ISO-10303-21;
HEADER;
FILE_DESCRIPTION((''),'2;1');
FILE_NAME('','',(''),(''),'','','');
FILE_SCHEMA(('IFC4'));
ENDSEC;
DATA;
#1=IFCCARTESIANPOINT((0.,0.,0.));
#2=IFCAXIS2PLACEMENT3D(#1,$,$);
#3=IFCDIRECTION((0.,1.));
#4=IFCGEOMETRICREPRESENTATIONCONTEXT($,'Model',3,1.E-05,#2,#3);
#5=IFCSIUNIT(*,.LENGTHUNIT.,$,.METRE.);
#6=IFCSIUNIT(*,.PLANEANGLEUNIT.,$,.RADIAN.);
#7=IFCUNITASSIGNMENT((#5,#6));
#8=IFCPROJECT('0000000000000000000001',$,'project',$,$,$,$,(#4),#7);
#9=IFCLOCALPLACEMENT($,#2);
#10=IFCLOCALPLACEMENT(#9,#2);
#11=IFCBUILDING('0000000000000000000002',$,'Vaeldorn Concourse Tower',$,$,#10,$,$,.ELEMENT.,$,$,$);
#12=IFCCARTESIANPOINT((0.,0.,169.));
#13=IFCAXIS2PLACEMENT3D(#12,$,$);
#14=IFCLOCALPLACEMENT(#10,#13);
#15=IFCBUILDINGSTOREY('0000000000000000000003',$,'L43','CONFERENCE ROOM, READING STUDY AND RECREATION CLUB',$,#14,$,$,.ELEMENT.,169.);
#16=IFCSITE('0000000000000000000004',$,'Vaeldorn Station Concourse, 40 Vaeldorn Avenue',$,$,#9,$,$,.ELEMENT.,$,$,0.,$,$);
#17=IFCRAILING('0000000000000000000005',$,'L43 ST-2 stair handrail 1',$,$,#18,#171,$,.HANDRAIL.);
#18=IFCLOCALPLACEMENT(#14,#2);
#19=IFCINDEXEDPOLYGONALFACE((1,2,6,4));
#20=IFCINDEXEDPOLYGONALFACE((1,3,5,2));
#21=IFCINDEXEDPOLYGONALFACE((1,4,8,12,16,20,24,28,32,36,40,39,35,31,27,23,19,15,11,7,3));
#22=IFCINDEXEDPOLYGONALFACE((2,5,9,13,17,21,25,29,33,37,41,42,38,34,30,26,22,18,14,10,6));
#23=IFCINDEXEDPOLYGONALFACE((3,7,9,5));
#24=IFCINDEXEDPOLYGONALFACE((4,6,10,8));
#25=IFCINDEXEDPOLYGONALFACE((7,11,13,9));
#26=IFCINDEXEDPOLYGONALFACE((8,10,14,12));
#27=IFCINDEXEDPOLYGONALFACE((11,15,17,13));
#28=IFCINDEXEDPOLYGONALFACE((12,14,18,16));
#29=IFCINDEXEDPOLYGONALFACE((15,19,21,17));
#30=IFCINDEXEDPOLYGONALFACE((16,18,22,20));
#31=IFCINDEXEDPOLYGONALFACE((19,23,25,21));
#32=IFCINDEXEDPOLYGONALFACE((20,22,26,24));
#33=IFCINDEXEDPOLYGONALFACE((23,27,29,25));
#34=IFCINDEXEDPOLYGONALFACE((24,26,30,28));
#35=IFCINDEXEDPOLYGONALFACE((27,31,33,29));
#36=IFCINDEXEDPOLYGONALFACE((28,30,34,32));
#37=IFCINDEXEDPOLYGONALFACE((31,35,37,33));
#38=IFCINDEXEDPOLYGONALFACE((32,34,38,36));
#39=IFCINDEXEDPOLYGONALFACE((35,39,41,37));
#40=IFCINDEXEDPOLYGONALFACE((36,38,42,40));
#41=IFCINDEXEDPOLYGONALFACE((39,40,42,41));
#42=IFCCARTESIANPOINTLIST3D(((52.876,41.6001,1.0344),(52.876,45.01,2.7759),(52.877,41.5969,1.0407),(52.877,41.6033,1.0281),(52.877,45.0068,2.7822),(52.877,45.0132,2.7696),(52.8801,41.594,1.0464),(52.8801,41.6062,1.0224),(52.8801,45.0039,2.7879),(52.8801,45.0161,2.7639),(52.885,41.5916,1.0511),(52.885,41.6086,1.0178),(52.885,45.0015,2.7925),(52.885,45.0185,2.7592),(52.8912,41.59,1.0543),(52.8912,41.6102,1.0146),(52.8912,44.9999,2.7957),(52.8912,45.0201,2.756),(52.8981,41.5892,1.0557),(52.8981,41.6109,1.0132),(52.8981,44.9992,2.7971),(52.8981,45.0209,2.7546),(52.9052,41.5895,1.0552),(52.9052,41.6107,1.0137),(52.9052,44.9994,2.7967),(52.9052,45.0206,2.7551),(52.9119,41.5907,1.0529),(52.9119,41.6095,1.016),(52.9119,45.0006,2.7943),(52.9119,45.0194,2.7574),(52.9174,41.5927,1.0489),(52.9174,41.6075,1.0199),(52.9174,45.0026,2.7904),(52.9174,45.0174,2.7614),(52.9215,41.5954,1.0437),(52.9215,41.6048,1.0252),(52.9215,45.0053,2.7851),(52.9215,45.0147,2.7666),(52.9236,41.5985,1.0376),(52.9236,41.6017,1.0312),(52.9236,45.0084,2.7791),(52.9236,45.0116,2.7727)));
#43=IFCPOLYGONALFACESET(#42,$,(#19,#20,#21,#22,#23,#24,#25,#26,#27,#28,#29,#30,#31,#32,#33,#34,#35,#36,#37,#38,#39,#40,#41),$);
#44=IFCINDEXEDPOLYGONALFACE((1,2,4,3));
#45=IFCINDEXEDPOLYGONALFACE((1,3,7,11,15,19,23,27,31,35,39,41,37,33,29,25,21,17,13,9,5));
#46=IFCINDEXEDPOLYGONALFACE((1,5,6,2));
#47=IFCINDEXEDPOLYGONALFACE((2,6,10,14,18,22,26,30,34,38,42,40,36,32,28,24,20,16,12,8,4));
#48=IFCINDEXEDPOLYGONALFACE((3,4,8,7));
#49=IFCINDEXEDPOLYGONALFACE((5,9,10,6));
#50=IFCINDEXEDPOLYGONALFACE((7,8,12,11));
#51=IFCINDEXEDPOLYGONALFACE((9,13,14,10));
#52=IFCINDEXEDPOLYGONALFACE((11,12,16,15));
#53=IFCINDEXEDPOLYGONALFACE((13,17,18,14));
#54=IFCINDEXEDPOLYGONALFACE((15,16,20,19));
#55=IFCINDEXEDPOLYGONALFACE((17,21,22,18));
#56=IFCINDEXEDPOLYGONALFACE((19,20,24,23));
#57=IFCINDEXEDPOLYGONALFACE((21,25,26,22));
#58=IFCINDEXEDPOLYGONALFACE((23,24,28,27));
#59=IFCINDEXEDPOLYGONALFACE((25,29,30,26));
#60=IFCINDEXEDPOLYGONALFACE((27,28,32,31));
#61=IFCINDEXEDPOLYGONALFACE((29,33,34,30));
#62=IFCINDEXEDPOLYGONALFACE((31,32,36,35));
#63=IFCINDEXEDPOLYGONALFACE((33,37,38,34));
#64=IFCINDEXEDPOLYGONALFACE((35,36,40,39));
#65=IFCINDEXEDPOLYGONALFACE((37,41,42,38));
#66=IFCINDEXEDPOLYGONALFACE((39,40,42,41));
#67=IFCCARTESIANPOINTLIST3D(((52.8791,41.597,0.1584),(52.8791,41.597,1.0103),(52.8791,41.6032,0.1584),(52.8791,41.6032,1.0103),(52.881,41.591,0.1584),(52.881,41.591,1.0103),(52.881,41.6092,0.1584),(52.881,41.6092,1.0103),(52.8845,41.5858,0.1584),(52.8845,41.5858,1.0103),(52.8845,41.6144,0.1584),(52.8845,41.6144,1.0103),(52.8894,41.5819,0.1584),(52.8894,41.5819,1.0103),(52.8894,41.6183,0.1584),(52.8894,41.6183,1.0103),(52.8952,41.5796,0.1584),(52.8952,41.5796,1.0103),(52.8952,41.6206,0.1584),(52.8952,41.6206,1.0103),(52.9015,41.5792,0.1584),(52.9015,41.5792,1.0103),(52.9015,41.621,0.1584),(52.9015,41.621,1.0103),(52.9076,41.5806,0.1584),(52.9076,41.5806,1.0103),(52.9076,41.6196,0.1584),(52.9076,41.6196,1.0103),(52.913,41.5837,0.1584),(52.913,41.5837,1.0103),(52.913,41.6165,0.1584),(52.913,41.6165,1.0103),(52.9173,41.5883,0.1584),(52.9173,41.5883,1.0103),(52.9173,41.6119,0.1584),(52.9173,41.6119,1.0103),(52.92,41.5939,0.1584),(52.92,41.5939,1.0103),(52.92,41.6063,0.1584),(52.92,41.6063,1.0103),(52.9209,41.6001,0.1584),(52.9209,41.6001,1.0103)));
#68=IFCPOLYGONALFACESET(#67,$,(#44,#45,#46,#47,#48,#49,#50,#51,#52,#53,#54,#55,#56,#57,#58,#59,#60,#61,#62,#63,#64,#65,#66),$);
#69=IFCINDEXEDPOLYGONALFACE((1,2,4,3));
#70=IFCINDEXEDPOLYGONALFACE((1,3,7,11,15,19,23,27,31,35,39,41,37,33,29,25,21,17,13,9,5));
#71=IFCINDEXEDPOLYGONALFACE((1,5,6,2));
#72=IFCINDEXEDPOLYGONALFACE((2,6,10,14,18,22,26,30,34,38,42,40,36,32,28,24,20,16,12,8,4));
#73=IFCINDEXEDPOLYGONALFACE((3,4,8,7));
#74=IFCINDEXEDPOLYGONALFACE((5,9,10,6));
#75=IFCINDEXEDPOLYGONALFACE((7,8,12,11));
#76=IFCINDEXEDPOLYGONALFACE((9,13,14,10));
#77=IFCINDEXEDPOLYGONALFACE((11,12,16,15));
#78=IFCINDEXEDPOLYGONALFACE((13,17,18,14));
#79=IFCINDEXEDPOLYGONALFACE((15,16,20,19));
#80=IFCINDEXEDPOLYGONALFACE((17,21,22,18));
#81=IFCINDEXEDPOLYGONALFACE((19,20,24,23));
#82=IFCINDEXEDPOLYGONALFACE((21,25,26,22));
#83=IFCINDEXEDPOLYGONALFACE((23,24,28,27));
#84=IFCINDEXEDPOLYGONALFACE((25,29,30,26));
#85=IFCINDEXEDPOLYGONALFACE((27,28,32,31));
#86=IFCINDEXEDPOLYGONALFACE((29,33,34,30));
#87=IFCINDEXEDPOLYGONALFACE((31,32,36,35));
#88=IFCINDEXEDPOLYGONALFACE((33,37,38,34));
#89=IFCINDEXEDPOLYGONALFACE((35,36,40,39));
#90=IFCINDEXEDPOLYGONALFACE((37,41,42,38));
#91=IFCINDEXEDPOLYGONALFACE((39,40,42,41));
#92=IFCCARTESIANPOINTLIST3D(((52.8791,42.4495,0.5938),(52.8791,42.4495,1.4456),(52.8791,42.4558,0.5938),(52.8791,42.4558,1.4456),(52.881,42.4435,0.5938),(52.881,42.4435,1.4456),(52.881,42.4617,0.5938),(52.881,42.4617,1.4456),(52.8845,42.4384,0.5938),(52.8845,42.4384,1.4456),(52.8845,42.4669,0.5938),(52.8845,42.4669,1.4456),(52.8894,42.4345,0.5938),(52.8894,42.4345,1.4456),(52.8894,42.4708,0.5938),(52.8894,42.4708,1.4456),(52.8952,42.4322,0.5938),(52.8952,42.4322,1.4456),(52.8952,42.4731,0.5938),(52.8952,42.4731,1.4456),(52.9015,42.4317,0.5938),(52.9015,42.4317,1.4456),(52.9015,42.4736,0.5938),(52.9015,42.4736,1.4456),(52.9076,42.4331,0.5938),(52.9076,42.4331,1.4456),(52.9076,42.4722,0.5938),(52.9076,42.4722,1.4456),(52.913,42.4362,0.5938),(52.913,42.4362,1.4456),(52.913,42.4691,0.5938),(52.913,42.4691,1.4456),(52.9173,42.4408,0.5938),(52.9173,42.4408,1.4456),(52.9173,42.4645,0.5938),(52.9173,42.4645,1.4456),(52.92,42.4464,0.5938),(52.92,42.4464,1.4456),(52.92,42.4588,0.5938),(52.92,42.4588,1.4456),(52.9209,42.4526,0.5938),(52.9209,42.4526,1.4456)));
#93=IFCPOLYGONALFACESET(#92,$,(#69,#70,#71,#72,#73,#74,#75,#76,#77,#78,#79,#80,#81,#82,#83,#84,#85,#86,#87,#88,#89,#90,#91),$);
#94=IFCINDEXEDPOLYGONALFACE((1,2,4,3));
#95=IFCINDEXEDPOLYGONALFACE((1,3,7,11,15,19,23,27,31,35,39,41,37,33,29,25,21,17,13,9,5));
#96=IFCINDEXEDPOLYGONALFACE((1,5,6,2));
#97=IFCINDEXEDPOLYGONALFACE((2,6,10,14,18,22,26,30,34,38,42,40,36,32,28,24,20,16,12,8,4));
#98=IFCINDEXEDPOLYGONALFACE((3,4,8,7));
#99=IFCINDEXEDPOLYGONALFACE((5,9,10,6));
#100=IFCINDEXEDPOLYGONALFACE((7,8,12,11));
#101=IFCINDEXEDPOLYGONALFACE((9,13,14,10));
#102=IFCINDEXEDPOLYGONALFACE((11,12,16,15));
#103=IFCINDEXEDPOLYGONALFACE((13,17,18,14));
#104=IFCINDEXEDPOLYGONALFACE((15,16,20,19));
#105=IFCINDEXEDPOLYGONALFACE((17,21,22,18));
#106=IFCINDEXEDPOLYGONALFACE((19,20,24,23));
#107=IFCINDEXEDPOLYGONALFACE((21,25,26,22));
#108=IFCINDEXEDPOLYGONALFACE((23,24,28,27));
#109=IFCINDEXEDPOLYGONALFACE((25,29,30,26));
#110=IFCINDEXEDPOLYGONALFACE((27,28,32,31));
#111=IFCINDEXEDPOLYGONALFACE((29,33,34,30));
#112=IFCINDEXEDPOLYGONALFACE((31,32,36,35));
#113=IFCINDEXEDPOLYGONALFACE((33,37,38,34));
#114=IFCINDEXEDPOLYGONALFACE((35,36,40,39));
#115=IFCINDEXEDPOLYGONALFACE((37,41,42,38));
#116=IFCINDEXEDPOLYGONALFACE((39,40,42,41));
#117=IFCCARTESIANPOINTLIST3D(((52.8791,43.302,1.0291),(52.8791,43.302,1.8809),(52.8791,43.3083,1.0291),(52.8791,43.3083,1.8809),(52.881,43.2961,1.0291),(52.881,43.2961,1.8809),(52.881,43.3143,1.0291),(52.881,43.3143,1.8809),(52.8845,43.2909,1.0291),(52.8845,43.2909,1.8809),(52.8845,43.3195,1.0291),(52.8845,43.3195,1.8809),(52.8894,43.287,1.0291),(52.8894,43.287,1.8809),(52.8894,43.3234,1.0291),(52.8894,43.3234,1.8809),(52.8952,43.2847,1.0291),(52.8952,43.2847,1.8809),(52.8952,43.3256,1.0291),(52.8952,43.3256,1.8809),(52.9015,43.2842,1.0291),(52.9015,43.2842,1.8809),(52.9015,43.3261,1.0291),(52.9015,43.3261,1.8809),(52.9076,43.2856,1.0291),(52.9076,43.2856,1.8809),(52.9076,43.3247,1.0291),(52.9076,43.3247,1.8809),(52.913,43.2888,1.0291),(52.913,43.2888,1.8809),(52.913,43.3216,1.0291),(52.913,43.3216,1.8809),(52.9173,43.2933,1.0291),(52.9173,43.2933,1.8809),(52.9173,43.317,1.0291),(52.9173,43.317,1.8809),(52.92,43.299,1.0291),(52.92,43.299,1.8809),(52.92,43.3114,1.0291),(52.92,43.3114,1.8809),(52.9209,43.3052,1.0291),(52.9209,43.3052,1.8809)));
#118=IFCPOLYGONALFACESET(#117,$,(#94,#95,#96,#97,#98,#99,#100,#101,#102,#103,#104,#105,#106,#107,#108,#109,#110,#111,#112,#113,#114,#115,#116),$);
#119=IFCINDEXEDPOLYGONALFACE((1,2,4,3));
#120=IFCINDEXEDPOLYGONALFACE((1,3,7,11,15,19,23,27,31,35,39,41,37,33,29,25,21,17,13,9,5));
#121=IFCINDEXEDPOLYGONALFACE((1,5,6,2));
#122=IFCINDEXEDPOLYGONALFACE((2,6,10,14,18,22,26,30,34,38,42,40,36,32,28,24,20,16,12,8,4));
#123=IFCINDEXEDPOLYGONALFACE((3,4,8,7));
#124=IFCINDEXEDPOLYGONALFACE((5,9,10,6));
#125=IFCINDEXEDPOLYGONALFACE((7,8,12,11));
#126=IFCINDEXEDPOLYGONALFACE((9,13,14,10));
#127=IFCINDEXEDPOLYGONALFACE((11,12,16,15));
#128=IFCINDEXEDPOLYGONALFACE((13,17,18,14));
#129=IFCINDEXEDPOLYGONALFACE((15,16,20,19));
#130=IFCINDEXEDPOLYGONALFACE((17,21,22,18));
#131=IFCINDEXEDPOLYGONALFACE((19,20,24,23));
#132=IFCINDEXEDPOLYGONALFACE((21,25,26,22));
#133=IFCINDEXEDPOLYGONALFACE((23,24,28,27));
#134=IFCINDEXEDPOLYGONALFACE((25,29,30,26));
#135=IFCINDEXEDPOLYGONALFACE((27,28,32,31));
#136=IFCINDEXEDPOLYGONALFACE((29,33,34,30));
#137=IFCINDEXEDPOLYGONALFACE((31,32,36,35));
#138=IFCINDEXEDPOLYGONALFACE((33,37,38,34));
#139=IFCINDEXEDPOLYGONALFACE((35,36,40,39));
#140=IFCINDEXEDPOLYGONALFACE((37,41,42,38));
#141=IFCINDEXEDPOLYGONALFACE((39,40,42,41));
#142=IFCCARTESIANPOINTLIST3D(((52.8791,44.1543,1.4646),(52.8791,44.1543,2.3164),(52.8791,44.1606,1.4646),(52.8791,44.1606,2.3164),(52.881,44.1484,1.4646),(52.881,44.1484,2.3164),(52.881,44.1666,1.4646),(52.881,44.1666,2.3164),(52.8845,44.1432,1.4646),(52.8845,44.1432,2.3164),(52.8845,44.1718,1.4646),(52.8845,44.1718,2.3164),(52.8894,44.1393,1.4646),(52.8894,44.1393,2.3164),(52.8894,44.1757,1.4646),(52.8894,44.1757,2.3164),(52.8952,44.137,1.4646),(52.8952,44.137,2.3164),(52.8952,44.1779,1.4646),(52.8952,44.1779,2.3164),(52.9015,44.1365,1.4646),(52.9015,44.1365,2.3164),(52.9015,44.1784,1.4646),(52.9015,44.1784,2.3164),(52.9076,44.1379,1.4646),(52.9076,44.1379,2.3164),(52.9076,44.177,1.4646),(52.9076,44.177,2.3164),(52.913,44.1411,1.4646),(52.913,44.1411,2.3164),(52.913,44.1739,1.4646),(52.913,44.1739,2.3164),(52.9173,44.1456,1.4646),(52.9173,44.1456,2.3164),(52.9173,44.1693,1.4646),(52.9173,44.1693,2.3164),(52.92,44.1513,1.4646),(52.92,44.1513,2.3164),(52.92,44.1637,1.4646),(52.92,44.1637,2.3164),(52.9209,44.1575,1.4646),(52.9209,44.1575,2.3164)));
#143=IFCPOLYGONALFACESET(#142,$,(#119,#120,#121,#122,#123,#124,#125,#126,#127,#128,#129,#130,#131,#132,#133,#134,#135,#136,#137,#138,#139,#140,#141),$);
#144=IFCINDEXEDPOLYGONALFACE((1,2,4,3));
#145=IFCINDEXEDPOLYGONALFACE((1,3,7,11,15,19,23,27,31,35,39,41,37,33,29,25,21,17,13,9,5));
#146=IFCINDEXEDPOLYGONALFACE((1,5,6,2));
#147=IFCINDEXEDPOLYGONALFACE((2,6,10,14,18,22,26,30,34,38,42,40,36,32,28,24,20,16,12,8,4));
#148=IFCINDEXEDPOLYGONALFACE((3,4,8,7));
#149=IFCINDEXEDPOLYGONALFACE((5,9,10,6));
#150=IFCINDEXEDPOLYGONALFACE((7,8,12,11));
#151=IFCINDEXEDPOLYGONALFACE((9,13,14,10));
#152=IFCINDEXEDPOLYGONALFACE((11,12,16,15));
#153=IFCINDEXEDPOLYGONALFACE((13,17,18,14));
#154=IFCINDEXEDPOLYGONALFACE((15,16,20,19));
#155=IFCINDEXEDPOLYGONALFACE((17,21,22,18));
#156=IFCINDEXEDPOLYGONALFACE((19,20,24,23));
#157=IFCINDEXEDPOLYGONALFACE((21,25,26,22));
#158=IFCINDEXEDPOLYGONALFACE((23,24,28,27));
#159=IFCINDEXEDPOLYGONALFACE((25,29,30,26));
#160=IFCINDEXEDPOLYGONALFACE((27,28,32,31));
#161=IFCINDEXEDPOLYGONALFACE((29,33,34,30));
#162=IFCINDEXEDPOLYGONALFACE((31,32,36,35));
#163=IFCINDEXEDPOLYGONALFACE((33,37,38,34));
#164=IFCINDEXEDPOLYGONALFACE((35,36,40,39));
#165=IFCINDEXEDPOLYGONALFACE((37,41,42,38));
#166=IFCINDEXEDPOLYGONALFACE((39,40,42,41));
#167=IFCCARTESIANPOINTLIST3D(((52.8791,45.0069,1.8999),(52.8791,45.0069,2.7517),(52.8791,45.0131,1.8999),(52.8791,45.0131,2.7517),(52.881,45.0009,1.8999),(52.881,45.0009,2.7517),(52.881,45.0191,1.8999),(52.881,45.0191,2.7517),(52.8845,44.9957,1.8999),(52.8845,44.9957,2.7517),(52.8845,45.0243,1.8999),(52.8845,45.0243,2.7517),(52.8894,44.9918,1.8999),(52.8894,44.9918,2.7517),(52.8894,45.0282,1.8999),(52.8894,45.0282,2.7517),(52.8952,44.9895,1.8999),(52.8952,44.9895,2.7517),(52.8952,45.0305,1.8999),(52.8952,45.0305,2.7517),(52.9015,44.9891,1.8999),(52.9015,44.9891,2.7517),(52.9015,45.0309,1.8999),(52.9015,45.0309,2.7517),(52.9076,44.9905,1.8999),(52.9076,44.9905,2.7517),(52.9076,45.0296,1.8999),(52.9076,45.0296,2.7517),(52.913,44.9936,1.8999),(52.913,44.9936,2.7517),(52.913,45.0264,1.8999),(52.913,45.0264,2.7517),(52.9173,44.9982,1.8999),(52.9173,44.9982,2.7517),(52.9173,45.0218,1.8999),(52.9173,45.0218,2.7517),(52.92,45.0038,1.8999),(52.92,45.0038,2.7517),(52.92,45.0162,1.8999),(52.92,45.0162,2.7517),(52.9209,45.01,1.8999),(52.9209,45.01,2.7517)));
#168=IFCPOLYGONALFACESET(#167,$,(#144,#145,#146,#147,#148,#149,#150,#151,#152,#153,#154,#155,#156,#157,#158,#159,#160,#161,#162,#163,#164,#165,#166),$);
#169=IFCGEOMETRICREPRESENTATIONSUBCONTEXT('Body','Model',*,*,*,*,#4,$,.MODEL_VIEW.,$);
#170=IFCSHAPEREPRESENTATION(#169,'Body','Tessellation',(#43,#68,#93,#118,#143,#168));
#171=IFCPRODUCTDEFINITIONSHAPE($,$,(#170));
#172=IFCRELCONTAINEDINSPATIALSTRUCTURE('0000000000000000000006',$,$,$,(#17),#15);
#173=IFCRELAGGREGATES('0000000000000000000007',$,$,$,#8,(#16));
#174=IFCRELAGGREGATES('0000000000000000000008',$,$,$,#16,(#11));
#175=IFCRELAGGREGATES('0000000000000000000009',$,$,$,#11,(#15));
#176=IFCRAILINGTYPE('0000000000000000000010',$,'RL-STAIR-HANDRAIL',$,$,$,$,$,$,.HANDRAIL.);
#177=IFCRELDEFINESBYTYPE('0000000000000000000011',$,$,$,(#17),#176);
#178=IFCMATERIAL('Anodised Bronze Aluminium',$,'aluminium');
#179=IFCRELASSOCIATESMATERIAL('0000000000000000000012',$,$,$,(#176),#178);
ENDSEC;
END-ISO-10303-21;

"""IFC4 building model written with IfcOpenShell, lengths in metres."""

from ifc_helpers import new_model, si_unit, direction, frame, origin, origin_2d, place, context, subcontext, project, spatial, circle, extrude, material, type_object, element, save


model = new_model("IFC4")

# Units and contexts
model_context = context("Model", 3, precision=1e-05, world=origin(), true_north=direction((0.0, 1.0)))
body_context = subcontext(model_context, "Body", "Model", "MODEL_VIEW")
ifc_project = project(units=[si_unit("LENGTHUNIT", "METRE"), si_unit("PLANEANGLEUNIT", "RADIAN")], contexts=[model_context])

# Site, building, storey
site_placement = place(None, origin())
site = spatial("IfcSite", under=ifc_project, at=site_placement, Name="Vaeldorn Station Concourse, 40 Vaeldorn Avenue", CompositionType="ELEMENT", RefElevation=0.0)
building_placement = place(site_placement, origin())
building = spatial("IfcBuilding", under=site, at=building_placement, Name="Vaeldorn Concourse Tower", CompositionType="ELEMENT")
storey_placement = place(building_placement, frame((0.0, 0.0, 169.0)))
storey = spatial("IfcBuildingStorey", under=building, at=storey_placement, Name="L43", Description="CONFERENCE ROOM, READING STUDY AND RECREATION CLUB", CompositionType="ELEMENT", Elevation=169.0)

# Shared definitions
ifc_material_1 = material(Name="Anodised Bronze Aluminium", Category="aluminium")

# Railing
railing_type_1 = type_object("IfcRailingType", Name="RL-STAIR-HANDRAIL", PredefinedType="HANDRAIL", material=ifc_material_1)
railing_1_placement = place(storey_placement, frame((52.8999, 41.6001, 0.1584)))
element("IfcRailing", 1, at=railing_1_placement, inside=storey, type_object=railing_type_1, Name="L43 ST-2 stair handrail 1", PredefinedType="HANDRAIL", context=body_context, shape_type="SweptSolid", body=[
    extrude(circle(Radius=0.0239, at=origin_2d()), frame((0.0, 0.0, 0.876), z_axis=(0.0, 0.890582, 0.454823), x_axis=(-1.0, 0.0, 0.0)), (0.0, 0.0, 1.0), 3.8289),
    extrude(circle(Radius=0.021, at=origin_2d()), origin(), (0.0, 0.0, 1.0), 0.8518),
    extrude(circle(Radius=0.021, at=origin_2d()), frame((0.0, 0.8525, 0.4353)), (0.0, 0.0, 1.0), 0.8518),
    extrude(circle(Radius=0.021, at=origin_2d()), frame((0.0, 1.7051, 0.8706)), (0.0, 0.0, 1.0), 0.8518),
    extrude(circle(Radius=0.021, at=origin_2d()), frame((0.0, 2.5574, 1.3062)), (0.0, 0.0, 1.0), 0.8518),
    extrude(circle(Radius=0.021, at=origin_2d()), frame((0.0, 3.4099, 1.7415)), (0.0, 0.0, 1.0), 0.8518),
])

save(model, "model.ifc")
